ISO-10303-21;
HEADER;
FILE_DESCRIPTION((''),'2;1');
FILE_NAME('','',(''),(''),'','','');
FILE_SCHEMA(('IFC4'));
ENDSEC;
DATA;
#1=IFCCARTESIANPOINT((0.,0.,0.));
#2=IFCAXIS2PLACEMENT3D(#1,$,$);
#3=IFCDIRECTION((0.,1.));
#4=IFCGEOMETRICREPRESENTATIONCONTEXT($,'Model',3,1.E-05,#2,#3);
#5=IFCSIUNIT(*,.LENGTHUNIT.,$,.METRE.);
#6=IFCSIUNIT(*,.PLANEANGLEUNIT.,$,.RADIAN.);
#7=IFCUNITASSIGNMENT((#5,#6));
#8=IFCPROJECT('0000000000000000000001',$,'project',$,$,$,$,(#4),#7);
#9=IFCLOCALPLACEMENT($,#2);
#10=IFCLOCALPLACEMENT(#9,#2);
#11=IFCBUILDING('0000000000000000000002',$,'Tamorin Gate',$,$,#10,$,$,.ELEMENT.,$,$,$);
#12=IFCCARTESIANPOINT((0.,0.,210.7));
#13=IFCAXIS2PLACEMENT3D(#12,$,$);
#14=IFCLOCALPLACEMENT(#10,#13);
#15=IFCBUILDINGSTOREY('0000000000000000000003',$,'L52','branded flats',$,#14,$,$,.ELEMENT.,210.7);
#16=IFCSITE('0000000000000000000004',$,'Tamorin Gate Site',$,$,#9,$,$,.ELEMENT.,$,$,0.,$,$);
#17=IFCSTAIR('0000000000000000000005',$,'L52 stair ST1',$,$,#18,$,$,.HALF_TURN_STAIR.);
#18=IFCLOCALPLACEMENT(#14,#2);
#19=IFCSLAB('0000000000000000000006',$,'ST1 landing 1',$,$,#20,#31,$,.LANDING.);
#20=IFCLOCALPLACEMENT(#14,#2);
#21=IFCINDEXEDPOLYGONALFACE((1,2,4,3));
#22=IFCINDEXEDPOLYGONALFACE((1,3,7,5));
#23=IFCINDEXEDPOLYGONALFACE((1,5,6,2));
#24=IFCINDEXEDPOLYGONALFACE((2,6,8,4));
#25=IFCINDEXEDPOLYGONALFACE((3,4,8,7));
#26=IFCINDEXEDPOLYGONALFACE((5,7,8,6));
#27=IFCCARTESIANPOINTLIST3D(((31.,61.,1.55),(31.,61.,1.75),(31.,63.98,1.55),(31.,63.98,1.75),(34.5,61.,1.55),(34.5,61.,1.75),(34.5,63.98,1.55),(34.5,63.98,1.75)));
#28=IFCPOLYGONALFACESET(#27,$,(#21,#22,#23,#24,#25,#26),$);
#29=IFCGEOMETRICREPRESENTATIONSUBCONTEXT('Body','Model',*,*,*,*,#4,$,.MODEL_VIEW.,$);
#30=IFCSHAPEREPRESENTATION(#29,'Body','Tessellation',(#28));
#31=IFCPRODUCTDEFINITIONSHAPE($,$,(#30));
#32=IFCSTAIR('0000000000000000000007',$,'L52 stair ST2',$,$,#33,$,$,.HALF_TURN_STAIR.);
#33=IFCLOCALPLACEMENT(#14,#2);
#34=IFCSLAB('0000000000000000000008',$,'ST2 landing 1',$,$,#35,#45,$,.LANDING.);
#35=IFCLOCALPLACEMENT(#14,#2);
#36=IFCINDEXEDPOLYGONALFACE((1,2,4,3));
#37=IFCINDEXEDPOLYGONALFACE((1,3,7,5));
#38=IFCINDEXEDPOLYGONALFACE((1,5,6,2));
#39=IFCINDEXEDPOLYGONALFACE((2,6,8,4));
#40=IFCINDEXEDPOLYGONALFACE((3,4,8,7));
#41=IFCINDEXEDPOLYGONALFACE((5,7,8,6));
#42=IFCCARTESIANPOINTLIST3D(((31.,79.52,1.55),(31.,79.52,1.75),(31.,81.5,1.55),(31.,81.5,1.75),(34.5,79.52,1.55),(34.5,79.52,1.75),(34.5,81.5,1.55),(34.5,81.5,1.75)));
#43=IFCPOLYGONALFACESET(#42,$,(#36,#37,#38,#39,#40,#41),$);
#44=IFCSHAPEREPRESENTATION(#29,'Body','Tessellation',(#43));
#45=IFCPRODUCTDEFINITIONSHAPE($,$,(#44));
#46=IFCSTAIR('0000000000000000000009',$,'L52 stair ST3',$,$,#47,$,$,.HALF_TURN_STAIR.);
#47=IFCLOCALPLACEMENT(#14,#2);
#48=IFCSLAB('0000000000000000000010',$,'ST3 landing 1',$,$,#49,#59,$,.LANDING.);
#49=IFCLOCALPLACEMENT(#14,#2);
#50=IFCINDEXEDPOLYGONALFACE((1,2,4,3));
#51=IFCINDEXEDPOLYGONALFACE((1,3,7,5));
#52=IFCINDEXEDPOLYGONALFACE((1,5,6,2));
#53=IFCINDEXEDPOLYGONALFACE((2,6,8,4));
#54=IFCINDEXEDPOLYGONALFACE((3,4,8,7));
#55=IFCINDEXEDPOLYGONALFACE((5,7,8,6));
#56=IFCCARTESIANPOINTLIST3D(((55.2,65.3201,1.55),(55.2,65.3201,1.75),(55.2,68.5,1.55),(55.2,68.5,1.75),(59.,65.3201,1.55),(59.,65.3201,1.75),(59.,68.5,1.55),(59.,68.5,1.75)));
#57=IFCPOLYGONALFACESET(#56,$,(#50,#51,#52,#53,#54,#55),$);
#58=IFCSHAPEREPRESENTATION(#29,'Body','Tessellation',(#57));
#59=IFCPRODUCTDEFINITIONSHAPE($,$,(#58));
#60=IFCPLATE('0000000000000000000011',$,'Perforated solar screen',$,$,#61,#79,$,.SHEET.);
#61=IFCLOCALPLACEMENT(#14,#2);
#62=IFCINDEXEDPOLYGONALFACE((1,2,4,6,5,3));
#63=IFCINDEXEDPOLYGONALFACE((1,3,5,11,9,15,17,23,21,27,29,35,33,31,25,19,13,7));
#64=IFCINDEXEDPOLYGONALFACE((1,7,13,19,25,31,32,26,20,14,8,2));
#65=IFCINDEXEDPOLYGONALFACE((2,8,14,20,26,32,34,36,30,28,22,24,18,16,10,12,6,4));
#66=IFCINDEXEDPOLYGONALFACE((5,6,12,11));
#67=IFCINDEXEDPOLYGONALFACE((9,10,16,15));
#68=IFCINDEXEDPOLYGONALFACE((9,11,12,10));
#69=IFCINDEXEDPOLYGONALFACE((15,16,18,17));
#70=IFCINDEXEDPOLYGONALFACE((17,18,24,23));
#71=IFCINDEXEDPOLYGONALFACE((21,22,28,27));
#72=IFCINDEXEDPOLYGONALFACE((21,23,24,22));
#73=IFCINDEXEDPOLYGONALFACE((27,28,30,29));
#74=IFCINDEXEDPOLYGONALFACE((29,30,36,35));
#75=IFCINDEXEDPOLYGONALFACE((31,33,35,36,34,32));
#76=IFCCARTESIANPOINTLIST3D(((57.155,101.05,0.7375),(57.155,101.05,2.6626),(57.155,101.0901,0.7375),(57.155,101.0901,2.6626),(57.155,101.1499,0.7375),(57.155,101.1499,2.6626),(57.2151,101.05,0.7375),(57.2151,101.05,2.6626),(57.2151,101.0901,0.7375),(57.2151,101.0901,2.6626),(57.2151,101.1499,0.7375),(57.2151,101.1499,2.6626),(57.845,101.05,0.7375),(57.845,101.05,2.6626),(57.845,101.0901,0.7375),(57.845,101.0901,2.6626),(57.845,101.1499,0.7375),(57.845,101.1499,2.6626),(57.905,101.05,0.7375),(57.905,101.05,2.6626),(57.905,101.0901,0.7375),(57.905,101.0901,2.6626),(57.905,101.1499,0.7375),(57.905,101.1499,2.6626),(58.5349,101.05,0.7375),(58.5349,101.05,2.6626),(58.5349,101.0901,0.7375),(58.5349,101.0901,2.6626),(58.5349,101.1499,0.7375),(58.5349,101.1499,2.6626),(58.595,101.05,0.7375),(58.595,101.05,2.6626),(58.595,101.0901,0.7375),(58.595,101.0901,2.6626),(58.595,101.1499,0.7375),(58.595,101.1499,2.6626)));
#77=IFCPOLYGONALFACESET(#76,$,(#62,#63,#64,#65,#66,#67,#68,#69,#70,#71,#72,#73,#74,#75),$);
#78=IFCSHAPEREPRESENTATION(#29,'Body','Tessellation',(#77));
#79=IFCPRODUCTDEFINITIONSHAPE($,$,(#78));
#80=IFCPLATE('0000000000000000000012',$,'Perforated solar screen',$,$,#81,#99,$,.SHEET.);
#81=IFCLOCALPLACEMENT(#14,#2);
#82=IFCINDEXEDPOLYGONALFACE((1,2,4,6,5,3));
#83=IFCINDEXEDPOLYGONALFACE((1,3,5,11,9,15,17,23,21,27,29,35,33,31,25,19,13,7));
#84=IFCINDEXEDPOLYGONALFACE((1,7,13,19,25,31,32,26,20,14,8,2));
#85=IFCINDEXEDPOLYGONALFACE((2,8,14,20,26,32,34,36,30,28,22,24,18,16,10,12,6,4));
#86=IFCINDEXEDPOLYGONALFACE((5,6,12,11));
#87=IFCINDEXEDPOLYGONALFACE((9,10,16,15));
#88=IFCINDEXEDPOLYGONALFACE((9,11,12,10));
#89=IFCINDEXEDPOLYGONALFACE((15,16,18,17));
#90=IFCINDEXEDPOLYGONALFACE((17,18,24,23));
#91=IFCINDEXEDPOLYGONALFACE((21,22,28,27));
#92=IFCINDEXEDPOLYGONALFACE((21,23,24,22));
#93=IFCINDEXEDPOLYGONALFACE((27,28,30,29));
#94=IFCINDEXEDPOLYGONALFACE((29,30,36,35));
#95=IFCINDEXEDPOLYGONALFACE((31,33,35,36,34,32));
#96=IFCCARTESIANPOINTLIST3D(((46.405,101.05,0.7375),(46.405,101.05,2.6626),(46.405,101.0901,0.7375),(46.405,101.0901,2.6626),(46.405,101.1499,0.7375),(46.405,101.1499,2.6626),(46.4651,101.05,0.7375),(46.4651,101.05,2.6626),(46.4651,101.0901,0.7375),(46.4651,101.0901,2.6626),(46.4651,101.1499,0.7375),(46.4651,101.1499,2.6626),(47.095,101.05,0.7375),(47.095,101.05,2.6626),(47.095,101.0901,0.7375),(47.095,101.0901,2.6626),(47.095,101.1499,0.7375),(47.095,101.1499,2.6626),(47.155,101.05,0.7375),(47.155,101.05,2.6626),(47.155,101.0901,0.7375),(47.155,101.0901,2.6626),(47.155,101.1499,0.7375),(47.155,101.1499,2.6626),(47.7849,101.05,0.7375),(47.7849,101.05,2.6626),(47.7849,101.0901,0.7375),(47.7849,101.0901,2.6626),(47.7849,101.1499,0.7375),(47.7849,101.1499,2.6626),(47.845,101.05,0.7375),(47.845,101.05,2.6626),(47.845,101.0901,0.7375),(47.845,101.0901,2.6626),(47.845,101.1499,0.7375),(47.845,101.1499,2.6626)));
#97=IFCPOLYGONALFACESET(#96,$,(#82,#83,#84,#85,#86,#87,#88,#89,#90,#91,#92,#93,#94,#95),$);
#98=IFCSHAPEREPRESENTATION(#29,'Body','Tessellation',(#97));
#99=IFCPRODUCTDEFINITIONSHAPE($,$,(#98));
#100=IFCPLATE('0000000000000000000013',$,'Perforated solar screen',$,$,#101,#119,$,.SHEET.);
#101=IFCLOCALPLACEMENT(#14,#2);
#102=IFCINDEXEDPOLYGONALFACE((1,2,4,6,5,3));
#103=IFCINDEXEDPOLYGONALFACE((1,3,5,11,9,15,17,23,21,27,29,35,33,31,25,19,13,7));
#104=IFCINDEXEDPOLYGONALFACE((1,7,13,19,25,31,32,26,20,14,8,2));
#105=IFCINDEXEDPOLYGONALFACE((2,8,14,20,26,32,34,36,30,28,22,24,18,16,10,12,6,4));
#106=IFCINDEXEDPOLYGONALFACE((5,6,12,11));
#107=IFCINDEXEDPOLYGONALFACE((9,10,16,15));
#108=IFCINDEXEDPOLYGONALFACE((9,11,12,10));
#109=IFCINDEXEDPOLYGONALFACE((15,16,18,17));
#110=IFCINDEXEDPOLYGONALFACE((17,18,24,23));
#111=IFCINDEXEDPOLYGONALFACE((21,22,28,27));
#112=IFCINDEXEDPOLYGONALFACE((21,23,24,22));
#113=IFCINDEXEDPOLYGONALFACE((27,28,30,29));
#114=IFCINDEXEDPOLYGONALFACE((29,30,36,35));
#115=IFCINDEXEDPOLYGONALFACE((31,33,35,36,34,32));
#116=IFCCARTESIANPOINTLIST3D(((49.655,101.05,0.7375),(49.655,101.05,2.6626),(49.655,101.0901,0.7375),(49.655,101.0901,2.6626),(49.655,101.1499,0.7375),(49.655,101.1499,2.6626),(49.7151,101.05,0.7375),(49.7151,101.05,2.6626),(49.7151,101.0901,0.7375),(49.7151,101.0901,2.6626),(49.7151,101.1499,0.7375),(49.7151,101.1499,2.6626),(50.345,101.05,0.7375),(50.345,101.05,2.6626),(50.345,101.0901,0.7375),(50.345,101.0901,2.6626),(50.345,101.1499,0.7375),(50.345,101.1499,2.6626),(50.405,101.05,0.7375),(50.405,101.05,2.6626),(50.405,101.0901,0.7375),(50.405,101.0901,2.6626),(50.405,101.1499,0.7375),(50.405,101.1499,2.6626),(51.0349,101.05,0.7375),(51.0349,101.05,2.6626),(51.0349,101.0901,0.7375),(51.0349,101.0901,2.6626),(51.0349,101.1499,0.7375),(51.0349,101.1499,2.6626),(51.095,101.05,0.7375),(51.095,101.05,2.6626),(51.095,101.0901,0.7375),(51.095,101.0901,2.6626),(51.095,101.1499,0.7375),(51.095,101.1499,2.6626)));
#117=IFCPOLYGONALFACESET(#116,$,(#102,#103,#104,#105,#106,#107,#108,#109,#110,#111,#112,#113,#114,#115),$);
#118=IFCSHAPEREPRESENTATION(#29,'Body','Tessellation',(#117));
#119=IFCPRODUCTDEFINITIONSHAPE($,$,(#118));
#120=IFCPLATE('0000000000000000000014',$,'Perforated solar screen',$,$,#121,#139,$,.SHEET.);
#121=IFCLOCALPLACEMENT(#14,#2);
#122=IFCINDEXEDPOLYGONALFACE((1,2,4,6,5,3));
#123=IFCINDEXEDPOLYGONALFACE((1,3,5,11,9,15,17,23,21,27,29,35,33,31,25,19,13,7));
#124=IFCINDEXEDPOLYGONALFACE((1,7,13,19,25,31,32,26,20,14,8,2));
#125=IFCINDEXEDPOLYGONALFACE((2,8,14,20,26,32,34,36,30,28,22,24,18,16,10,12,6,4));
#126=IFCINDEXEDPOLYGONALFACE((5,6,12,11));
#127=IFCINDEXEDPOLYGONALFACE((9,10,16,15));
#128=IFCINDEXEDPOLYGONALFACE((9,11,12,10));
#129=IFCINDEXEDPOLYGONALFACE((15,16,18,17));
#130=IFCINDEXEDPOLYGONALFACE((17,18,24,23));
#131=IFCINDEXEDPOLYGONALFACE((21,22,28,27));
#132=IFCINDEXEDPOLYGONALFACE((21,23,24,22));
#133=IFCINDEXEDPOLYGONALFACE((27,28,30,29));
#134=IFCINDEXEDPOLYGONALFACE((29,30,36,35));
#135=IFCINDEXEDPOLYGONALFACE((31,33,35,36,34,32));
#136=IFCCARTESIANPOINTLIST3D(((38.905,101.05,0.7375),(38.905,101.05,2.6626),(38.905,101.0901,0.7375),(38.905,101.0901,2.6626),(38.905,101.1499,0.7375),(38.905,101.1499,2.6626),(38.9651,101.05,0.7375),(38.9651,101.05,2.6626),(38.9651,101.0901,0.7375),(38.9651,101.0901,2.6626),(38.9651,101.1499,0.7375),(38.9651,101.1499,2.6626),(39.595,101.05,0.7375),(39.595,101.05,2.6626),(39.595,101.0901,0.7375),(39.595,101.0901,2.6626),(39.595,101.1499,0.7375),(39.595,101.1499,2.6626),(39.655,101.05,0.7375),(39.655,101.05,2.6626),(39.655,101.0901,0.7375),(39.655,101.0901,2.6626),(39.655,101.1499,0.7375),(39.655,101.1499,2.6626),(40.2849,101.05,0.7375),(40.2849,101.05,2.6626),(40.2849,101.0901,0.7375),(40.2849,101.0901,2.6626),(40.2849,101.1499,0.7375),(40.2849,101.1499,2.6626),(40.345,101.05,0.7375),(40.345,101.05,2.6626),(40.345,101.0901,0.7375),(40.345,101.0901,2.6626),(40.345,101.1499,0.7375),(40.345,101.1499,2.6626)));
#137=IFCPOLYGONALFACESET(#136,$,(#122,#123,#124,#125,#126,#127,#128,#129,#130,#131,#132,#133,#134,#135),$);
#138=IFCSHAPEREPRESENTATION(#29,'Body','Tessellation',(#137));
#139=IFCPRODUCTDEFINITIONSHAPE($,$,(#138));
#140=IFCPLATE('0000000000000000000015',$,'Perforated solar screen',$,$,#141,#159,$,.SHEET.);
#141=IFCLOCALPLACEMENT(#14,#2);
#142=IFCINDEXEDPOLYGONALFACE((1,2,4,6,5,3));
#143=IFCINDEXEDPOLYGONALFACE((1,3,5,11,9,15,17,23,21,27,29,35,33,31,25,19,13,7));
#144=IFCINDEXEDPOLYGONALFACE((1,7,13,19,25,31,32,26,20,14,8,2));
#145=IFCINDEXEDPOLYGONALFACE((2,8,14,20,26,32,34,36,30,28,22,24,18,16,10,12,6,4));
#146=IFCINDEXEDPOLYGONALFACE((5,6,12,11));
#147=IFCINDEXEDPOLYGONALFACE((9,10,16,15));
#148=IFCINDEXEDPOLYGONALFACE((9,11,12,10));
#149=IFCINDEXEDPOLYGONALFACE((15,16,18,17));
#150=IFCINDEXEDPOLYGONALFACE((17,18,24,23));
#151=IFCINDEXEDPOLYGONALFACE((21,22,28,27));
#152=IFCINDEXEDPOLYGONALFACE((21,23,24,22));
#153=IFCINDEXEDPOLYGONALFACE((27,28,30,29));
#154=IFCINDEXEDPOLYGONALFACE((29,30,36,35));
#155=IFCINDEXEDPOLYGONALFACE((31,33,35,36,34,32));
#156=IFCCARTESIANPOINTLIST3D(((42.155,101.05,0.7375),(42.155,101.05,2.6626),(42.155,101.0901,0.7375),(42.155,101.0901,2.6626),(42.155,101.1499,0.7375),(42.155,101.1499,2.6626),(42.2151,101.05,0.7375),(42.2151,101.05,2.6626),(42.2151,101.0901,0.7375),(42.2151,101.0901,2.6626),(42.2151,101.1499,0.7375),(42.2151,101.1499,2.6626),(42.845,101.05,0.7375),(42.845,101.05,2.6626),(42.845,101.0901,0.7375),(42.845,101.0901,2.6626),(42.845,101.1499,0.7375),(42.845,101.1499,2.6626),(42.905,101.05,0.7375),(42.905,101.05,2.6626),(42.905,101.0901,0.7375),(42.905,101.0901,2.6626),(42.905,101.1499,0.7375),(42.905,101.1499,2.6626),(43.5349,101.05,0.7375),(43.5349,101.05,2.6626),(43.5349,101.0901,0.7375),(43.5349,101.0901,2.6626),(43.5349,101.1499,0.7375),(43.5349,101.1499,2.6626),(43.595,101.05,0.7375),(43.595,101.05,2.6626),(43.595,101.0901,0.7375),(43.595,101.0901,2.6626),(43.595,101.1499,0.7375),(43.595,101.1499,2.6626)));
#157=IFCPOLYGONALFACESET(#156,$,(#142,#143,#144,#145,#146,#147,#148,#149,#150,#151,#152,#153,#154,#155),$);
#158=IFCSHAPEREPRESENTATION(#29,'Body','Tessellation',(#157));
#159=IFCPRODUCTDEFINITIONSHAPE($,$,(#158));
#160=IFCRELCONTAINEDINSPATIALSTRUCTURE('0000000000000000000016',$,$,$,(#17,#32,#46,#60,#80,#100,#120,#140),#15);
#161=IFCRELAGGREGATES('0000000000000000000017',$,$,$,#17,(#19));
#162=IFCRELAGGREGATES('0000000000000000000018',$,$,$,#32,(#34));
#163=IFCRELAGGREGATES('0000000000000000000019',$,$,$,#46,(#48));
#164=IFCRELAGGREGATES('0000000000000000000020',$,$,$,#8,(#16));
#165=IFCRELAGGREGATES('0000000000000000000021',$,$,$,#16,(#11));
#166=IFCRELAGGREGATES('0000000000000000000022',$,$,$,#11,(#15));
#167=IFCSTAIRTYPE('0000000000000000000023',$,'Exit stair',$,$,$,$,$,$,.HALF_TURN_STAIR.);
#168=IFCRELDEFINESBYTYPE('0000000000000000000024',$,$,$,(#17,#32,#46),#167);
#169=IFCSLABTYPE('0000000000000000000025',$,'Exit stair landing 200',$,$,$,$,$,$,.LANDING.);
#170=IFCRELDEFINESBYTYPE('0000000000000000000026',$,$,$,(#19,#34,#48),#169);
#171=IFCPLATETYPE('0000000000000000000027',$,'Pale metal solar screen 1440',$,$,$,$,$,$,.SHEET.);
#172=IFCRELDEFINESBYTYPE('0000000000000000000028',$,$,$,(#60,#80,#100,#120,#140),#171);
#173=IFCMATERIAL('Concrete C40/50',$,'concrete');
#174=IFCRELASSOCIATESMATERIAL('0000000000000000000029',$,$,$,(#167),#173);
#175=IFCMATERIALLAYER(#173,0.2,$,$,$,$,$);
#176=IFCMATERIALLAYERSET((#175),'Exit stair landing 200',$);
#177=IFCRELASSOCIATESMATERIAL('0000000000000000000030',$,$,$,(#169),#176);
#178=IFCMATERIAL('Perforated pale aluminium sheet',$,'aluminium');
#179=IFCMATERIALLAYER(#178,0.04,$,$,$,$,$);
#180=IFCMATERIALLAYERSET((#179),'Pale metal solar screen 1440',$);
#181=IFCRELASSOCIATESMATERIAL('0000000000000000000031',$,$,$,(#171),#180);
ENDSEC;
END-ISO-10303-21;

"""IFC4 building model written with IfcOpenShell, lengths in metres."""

from ifc_helpers import new_model, si_unit, direction, frame, origin, place, context, subcontext, project, spatial, polyline, outline, extrude, material, layer, layer_set, type_object, element, aggregate, save


model = new_model("IFC4")

# Units and contexts
model_context = context("Model", 3, precision=1e-05, world=origin(), true_north=direction((0.0, 1.0)))
body_context = subcontext(model_context, "Body", "Model", "MODEL_VIEW")
ifc_project = project(units=[si_unit("LENGTHUNIT", "METRE"), si_unit("PLANEANGLEUNIT", "RADIAN")], contexts=[model_context])

# Site, building, storey
site_placement = place(None, origin())
site = spatial("IfcSite", under=ifc_project, at=site_placement, Name="Tamorin Gate Site", CompositionType="ELEMENT", RefElevation=0.0)
building_placement = place(site_placement, origin())
building = spatial("IfcBuilding", under=site, at=building_placement, Name="Tamorin Gate", CompositionType="ELEMENT")
storey_placement = place(building_placement, frame((0.0, 0.0, 210.7)))
storey = spatial("IfcBuildingStorey", under=building, at=storey_placement, Name="L52", Description="branded flats", CompositionType="ELEMENT", Elevation=210.7)

# Stairs, slabs
ifc_material_1 = material(Name="Concrete C40/50", Category="concrete")
stair_type = type_object("IfcStairType", Name="Exit stair", PredefinedType="HALF_TURN_STAIR", material=ifc_material_1)
stair_1_placement = place(storey_placement, origin())
stair_1 = element("IfcStair", 1, at=stair_1_placement, inside=storey, type_object=stair_type, Name="L52 stair ST1", PredefinedType="HALF_TURN_STAIR")
ifc_layer_1 = layer(ifc_material_1, 0.2)
ifc_layer_set_1 = layer_set([ifc_layer_1], Name="Exit stair landing 200")
slab_type = type_object("IfcSlabType", Name="Exit stair landing 200", PredefinedType="LANDING", material=ifc_layer_set_1)
slab_1_placement = place(storey_placement, frame((0.0, 0.0, 1.55)))
slab_1 = element("IfcSlab", 2, at=slab_1_placement, type_object=slab_type, Name="ST1 landing 1", PredefinedType="LANDING", context=body_context, shape_type="SweptSolid", body=[
    extrude(outline(polyline([(31.0, 63.98), (31.0, 61.0), (34.5, 61.0), (34.5, 63.98), (31.0, 63.98)])), origin(), (0.0, 0.0, 1.0), 0.2),
])
aggregate(stair_1, [slab_1])
stair_2_placement = place(storey_placement, origin())
stair_2 = element("IfcStair", 3, at=stair_2_placement, inside=storey, type_object=stair_type, Name="L52 stair ST2", PredefinedType="HALF_TURN_STAIR")
slab_2_placement = place(storey_placement, frame((0.0, 0.0, 1.55)))
slab_2 = element("IfcSlab", 4, at=slab_2_placement, type_object=slab_type, Name="ST2 landing 1", PredefinedType="LANDING", context=body_context, shape_type="SweptSolid", body=[
    extrude(outline(polyline([(34.5, 79.52), (34.5, 81.5), (31.0, 81.5), (31.0, 79.52), (34.5, 79.52)])), origin(), (0.0, 0.0, 1.0), 0.2),
])
aggregate(stair_2, [slab_2])
stair_3_placement = place(storey_placement, origin())
stair_3 = element("IfcStair", 5, at=stair_3_placement, inside=storey, type_object=stair_type, Name="L52 stair ST3", PredefinedType="HALF_TURN_STAIR")
slab_3_placement = place(storey_placement, frame((0.0, 0.0, 1.55)))
slab_3 = element("IfcSlab", 6, at=slab_3_placement, type_object=slab_type, Name="ST3 landing 1", PredefinedType="LANDING", context=body_context, shape_type="SweptSolid", body=[
    extrude(outline(polyline([(59.0, 65.3201), (59.0, 68.5), (55.2, 68.5), (55.2, 65.3201), (59.0, 65.3201)])), origin(), (0.0, 0.0, 1.0), 0.2),
])
aggregate(stair_3, [slab_3])

# Plates
ifc_material_2 = material(Name="Perforated pale aluminium sheet", Category="aluminium")
ifc_layer_2 = layer(ifc_material_2, 0.04)
ifc_layer_set_2 = layer_set([ifc_layer_2], Name="Pale metal solar screen 1440")
plate_type_1 = type_object("IfcPlateType", Name="Pale metal solar screen 1440", PredefinedType="SHEET", material=ifc_layer_set_2)
plate_1_placement = place(storey_placement, frame((0.0, 0.0, 0.7375)))
element("IfcPlate", 7, at=plate_1_placement, inside=storey, type_object=plate_type_1, Name="Perforated solar screen", PredefinedType="SHEET", context=body_context, shape_type="SweptSolid", body=[
    extrude(outline(polyline([(58.595, 101.0901), (58.595, 101.05), (58.5349, 101.05), (57.905, 101.05), (57.845, 101.05), (57.2151, 101.05), (57.155, 101.05), (57.155, 101.0901), (57.155, 101.1499), (57.2151, 101.1499), (57.2151, 101.0901), (57.845, 101.0901), (57.845, 101.1499), (57.905, 101.1499), (57.905, 101.0901), (58.5349, 101.0901), (58.5349, 101.1499), (58.595, 101.1499), (58.595, 101.0901)])), origin(), (0.0, 0.0, 1.0), 1.925),
])
plate_2_placement = place(storey_placement, frame((0.0, 0.0, 0.7375)))
element("IfcPlate", 8, at=plate_2_placement, inside=storey, type_object=plate_type_1, Name="Perforated solar screen", PredefinedType="SHEET", context=body_context, shape_type="SweptSolid", body=[
    extrude(outline(polyline([(47.845, 101.0901), (47.845, 101.05), (47.7849, 101.05), (47.155, 101.05), (47.095, 101.05), (46.4651, 101.05), (46.405, 101.05), (46.405, 101.0901), (46.405, 101.1499), (46.4651, 101.1499), (46.4651, 101.0901), (47.095, 101.0901), (47.095, 101.1499), (47.155, 101.1499), (47.155, 101.0901), (47.7849, 101.0901), (47.7849, 101.1499), (47.845, 101.1499), (47.845, 101.0901)])), origin(), (0.0, 0.0, 1.0), 1.925),
])
plate_3_placement = place(storey_placement, frame((0.0, 0.0, 0.7375)))
element("IfcPlate", 9, at=plate_3_placement, inside=storey, type_object=plate_type_1, Name="Perforated solar screen", PredefinedType="SHEET", context=body_context, shape_type="SweptSolid", body=[
    extrude(outline(polyline([(51.095, 101.0901), (51.095, 101.05), (51.0349, 101.05), (50.405, 101.05), (50.345, 101.05), (49.7151, 101.05), (49.655, 101.05), (49.655, 101.0901), (49.655, 101.1499), (49.7151, 101.1499), (49.7151, 101.0901), (50.345, 101.0901), (50.345, 101.1499), (50.405, 101.1499), (50.405, 101.0901), (51.0349, 101.0901), (51.0349, 101.1499), (51.095, 101.1499), (51.095, 101.0901)])), origin(), (0.0, 0.0, 1.0), 1.925),
])
plate_4_placement = place(storey_placement, frame((0.0, 0.0, 0.7375)))
element("IfcPlate", 10, at=plate_4_placement, inside=storey, type_object=plate_type_1, Name="Perforated solar screen", PredefinedType="SHEET", context=body_context, shape_type="SweptSolid", body=[
    extrude(outline(polyline([(40.345, 101.0901), (40.345, 101.05), (40.2849, 101.05), (39.655, 101.05), (39.595, 101.05), (38.9651, 101.05), (38.905, 101.05), (38.905, 101.0901), (38.905, 101.1499), (38.9651, 101.1499), (38.9651, 101.0901), (39.595, 101.0901), (39.595, 101.1499), (39.655, 101.1499), (39.655, 101.0901), (40.2849, 101.0901), (40.2849, 101.1499), (40.345, 101.1499), (40.345, 101.0901)])), origin(), (0.0, 0.0, 1.0), 1.925),
])
plate_5_placement = place(storey_placement, frame((0.0, 0.0, 0.7375)))
element("IfcPlate", 11, at=plate_5_placement, inside=storey, type_object=plate_type_1, Name="Perforated solar screen", PredefinedType="SHEET", context=body_context, shape_type="SweptSolid", body=[
    extrude(outline(polyline([(43.595, 101.0901), (43.595, 101.05), (43.5349, 101.05), (42.905, 101.05), (42.845, 101.05), (42.2151, 101.05), (42.155, 101.05), (42.155, 101.0901), (42.155, 101.1499), (42.2151, 101.1499), (42.2151, 101.0901), (42.845, 101.0901), (42.845, 101.1499), (42.905, 101.1499), (42.905, 101.0901), (43.5349, 101.0901), (43.5349, 101.1499), (43.595, 101.1499), (43.595, 101.0901)])), origin(), (0.0, 0.0, 1.0), 1.925),
])

save(model, "model.ifc")
